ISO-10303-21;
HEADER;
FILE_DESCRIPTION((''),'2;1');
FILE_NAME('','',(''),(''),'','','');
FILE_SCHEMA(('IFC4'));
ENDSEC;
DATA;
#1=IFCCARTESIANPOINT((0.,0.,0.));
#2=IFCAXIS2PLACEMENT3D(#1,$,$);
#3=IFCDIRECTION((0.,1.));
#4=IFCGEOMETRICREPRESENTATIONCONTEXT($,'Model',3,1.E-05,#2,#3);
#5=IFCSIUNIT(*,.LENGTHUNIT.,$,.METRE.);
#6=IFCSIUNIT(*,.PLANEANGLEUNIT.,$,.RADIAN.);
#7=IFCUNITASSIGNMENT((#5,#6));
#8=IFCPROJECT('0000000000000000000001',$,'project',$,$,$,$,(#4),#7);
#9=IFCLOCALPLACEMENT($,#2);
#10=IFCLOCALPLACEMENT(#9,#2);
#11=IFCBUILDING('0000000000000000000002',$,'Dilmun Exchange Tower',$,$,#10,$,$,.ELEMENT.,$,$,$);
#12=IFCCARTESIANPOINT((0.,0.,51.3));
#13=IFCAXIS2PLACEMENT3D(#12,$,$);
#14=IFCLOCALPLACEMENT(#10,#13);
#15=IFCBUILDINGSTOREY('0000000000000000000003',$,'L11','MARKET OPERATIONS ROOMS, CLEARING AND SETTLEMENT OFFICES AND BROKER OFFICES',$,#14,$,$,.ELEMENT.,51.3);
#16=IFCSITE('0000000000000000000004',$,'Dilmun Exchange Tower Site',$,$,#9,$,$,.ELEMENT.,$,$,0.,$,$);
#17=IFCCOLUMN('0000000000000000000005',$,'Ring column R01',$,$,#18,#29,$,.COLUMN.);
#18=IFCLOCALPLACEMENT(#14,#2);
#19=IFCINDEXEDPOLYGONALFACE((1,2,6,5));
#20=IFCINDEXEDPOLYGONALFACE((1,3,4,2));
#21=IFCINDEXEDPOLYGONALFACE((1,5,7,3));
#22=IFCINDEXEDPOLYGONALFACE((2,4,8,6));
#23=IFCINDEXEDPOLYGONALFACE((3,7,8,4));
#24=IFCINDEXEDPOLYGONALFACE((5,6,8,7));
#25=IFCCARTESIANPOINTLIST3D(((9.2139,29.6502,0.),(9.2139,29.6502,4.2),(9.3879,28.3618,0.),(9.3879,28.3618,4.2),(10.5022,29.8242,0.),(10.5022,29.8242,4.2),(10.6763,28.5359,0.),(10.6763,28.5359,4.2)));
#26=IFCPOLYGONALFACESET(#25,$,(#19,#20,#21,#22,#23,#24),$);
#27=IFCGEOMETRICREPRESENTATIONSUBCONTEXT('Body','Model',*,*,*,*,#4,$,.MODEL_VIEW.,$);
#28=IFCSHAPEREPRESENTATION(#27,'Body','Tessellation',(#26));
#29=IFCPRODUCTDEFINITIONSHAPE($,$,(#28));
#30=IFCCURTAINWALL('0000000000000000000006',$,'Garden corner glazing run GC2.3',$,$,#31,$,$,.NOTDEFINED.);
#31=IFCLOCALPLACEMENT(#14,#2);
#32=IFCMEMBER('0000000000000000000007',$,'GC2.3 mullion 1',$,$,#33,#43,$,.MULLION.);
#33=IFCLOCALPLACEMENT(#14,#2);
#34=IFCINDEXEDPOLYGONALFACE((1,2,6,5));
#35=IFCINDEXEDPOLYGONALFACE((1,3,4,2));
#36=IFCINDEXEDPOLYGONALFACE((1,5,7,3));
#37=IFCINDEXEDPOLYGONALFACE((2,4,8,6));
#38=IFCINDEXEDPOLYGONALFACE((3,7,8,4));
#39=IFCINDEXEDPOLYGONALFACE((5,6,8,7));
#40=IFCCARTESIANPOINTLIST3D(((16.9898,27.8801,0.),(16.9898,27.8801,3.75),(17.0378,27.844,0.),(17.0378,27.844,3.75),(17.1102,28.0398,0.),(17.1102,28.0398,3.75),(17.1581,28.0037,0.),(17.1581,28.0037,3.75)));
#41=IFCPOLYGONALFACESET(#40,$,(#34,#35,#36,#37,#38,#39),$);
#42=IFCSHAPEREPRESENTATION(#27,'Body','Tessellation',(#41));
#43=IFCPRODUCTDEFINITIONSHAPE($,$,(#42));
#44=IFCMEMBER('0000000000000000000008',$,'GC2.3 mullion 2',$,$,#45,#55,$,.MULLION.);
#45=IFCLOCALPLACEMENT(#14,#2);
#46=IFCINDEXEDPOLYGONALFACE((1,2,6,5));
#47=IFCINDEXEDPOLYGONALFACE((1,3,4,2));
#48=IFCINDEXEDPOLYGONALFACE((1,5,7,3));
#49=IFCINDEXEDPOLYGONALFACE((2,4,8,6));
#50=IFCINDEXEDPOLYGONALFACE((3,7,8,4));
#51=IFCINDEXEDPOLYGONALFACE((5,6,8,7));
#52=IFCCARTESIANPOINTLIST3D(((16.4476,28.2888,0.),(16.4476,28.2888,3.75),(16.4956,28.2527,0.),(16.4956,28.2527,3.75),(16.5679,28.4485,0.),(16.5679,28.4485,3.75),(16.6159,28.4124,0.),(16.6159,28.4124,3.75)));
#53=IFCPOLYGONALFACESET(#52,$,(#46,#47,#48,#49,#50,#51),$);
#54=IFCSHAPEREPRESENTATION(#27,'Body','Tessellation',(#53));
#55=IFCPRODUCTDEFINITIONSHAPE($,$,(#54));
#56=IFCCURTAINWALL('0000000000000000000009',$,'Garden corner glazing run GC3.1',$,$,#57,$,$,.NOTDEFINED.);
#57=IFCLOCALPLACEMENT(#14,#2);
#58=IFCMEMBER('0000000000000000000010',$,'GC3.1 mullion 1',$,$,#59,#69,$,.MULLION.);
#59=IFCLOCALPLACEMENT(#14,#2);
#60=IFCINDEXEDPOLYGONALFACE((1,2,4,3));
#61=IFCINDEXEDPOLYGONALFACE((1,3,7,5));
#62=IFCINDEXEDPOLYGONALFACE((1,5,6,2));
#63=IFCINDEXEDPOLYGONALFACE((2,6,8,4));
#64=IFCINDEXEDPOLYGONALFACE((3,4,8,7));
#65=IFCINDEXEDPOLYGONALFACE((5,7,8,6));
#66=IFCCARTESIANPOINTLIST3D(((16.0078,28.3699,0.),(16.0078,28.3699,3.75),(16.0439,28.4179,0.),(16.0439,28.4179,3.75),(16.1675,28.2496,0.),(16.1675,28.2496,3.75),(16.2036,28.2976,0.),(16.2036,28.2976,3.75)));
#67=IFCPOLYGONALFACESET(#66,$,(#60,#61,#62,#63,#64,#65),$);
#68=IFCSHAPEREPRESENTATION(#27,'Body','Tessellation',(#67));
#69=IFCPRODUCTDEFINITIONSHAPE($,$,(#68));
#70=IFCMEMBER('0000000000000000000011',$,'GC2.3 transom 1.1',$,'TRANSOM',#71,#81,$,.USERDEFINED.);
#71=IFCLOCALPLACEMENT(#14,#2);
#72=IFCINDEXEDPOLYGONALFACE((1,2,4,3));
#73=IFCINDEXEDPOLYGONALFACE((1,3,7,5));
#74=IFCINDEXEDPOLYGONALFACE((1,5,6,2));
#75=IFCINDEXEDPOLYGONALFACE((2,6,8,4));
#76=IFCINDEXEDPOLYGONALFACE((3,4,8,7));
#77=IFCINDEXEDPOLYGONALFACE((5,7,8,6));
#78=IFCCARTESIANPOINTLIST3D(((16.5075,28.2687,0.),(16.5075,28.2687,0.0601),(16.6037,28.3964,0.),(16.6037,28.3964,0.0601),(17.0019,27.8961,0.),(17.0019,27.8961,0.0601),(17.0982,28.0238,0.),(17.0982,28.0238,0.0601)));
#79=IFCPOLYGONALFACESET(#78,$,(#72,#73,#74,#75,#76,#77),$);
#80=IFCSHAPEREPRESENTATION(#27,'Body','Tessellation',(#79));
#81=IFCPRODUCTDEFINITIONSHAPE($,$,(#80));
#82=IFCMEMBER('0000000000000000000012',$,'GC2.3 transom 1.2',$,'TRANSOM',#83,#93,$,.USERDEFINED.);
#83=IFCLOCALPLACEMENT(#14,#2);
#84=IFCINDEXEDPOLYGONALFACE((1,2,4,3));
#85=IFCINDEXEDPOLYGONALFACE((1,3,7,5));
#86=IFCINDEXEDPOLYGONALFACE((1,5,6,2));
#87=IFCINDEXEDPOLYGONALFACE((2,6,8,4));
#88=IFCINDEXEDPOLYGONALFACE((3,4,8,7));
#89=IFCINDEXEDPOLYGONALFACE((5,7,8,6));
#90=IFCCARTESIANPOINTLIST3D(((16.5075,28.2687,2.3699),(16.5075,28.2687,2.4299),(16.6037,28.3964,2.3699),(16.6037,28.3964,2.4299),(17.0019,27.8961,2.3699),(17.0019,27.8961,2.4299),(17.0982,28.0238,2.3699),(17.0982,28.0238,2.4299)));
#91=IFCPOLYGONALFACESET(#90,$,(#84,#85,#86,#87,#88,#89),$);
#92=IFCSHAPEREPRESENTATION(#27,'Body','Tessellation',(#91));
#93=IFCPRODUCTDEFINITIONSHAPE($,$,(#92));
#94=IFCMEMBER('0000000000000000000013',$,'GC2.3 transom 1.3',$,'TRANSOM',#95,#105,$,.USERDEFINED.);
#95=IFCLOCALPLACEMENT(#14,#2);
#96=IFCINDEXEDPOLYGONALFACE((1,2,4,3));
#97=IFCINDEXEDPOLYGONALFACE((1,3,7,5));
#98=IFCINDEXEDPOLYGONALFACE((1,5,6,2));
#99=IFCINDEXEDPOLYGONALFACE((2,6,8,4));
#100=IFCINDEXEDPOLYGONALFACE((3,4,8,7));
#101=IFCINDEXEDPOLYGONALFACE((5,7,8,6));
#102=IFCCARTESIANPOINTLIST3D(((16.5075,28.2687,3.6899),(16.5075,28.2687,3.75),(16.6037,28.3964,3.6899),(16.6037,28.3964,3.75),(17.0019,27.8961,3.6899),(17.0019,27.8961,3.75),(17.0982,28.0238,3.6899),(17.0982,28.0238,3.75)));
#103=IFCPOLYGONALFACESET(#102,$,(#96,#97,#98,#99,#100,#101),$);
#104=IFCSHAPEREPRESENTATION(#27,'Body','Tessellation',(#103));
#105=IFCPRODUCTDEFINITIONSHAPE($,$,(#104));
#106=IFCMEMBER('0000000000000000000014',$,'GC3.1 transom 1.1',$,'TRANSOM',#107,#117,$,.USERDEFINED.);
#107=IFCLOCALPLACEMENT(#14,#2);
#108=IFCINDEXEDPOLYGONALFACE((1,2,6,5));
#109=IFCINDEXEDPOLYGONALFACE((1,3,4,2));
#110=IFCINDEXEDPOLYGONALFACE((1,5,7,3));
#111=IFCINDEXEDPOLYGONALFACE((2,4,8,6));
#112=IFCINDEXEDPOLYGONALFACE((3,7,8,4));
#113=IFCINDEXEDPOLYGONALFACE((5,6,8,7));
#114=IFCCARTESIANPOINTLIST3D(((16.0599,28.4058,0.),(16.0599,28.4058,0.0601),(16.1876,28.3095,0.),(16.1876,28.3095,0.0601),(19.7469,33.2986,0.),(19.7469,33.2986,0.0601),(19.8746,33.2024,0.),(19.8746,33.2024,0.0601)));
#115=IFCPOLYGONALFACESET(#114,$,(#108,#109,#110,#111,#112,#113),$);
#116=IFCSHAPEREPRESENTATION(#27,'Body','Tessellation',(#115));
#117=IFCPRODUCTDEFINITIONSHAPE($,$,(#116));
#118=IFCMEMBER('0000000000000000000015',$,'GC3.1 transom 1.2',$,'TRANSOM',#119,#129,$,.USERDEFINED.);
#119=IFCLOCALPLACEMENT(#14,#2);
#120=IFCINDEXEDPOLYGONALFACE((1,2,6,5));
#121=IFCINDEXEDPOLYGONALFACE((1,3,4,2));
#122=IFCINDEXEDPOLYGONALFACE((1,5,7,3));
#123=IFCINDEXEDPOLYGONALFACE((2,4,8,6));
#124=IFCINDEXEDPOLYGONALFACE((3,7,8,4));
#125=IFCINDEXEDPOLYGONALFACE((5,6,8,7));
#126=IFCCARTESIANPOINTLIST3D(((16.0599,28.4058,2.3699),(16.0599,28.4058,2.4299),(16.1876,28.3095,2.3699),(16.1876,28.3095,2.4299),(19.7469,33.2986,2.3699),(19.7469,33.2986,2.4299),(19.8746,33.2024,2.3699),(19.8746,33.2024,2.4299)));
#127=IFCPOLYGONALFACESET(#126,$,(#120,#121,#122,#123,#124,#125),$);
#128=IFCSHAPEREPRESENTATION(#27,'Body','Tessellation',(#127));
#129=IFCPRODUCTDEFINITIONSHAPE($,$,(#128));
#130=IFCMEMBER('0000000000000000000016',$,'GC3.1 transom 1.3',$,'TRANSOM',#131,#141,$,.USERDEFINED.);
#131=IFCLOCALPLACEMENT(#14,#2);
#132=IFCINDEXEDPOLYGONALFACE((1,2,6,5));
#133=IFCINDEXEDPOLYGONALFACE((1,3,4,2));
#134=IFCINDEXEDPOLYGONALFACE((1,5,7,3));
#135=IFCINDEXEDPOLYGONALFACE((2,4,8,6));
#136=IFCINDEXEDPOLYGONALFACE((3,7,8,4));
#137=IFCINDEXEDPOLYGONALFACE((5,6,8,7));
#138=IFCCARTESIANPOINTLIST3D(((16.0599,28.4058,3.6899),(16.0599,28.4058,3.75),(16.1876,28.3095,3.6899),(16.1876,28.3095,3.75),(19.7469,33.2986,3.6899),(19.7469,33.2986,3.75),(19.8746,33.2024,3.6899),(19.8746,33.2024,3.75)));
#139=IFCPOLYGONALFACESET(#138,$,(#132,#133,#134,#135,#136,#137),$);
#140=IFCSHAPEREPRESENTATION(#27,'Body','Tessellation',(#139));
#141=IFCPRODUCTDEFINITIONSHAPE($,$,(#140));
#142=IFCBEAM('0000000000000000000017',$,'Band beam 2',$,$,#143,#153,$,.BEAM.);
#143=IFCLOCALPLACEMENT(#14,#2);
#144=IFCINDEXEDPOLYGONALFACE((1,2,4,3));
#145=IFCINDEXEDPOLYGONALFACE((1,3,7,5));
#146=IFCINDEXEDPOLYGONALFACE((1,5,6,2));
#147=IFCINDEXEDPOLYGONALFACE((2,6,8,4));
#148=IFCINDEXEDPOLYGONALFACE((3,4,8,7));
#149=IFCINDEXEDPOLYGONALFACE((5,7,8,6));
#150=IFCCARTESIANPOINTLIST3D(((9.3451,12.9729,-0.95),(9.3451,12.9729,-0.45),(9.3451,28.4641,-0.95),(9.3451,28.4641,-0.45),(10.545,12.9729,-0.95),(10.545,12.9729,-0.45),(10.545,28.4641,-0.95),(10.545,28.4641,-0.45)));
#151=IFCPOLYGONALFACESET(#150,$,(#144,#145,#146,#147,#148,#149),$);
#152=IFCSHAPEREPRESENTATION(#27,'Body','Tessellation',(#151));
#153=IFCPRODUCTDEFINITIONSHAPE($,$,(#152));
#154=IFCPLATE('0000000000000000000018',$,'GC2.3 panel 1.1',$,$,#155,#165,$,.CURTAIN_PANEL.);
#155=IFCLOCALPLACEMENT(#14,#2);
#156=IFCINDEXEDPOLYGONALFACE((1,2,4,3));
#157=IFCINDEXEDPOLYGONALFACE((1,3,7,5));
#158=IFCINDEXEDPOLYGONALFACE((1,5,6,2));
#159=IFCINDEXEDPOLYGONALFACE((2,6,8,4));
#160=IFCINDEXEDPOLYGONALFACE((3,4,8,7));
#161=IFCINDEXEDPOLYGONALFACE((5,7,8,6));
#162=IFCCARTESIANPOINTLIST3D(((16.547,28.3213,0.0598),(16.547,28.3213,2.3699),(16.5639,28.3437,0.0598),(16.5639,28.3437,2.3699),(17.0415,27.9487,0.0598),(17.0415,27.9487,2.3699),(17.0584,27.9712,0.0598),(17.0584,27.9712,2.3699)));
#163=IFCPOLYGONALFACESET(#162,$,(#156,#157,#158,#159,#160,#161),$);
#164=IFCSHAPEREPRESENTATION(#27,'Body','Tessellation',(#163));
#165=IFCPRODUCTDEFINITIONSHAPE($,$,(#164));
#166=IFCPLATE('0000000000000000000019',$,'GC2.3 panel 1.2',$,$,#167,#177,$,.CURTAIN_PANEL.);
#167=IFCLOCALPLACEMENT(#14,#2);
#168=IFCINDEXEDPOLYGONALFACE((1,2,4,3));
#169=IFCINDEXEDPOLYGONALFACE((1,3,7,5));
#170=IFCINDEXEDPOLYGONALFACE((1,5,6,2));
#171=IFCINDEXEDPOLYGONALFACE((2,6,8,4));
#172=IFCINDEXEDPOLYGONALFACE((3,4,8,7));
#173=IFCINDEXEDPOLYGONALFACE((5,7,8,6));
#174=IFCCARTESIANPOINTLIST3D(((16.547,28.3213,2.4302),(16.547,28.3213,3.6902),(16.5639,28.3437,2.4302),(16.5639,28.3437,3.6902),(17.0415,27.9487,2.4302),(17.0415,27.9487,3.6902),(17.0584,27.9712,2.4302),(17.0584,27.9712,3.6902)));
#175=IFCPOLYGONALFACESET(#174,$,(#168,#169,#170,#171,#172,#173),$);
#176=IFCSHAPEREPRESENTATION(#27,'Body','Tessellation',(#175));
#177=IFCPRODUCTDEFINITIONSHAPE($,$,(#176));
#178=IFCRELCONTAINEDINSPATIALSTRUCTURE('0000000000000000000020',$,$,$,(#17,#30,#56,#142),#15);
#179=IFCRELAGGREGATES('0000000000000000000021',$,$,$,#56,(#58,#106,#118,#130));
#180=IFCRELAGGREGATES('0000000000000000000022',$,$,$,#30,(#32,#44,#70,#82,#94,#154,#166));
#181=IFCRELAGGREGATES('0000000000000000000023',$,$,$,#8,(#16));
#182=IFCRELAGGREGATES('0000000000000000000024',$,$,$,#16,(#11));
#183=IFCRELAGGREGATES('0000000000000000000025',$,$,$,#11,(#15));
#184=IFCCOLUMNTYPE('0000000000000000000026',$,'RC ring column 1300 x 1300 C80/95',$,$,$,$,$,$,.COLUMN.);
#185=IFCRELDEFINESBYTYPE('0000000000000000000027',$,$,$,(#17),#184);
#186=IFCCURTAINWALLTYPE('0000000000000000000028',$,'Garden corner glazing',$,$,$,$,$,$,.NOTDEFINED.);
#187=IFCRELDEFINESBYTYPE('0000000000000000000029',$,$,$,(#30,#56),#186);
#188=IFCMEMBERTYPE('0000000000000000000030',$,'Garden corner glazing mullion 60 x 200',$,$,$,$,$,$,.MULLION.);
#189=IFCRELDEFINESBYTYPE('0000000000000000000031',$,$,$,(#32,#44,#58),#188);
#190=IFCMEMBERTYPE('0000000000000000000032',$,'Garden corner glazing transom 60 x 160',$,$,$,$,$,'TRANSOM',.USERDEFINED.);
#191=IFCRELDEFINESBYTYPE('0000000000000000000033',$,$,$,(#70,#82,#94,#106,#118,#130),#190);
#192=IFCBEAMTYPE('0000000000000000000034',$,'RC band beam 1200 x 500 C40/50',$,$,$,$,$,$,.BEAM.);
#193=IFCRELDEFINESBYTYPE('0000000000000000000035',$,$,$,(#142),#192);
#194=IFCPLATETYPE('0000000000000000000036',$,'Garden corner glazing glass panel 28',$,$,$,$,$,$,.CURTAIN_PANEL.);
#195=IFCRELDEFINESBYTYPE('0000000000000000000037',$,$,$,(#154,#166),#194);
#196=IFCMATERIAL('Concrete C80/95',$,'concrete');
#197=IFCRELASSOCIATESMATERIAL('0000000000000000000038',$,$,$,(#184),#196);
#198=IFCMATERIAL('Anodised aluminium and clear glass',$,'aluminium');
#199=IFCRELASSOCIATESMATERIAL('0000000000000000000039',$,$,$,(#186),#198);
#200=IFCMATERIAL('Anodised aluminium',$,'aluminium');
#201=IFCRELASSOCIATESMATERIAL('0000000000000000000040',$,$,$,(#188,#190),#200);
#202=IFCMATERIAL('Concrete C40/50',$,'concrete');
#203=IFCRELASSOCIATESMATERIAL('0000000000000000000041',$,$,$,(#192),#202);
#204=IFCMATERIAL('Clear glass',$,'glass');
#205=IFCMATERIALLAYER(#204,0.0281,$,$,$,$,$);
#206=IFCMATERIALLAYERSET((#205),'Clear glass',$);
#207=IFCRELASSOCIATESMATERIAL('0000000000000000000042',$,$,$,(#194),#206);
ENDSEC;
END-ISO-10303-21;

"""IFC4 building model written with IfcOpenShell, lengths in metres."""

from ifc_helpers import new_model, si_unit, direction, frame, origin, origin_2d, place, context, subcontext, project, spatial, rectangle, extrude, material, layer, layer_set, material_profile, profile_set, type_object, element, aggregate, save


model = new_model("IFC4")

# Units and contexts
model_context = context("Model", 3, precision=1e-05, world=origin(), true_north=direction((0.0, 1.0)))
body_context = subcontext(model_context, "Body", "Model", "MODEL_VIEW")
ifc_project = project(units=[si_unit("LENGTHUNIT", "METRE"), si_unit("PLANEANGLEUNIT", "RADIAN")], contexts=[model_context])

# Site, building, storey
site_placement = place(None, origin())
site = spatial("IfcSite", under=ifc_project, at=site_placement, Name="Dilmun Exchange Tower Site", CompositionType="ELEMENT", RefElevation=0.0)
building_placement = place(site_placement, origin())
building = spatial("IfcBuilding", under=site, at=building_placement, Name="Dilmun Exchange Tower", CompositionType="ELEMENT")
storey_placement = place(building_placement, frame((0.0, 0.0, 51.3)))
storey = spatial("IfcBuildingStorey", under=building, at=storey_placement, Name="L11", Description="MARKET OPERATIONS ROOMS, CLEARING AND SETTLEMENT OFFICES AND BROKER OFFICES", CompositionType="ELEMENT", Elevation=51.3)

# Column
ifc_material_1 = material(Name="Concrete C80/95", Category="concrete")
ifc_material_profile_1 = material_profile(ifc_material_1, rectangle(XDim=1.3, YDim=1.3, at=origin_2d()), Name="1300 x 1300")
ifc_profile_set_1 = profile_set([ifc_material_profile_1], Name="Concrete C80/95")
column_type = type_object("IfcColumnType", Name="RC ring column 1300 x 1300 C80/95", PredefinedType="COLUMN", material=ifc_profile_set_1)
column_placement = place(storey_placement, frame((9.9451, 29.093, 0.0), z_axis=(0.0, 0.0, 1.0), x_axis=(0.991001, 0.133853, 0.0)))
element("IfcColumn", 1, at=column_placement, inside=storey, type_object=column_type, Name="Ring column R01", PredefinedType="COLUMN", context=body_context, shape_type="SweptSolid", body=[
    extrude(rectangle(XDim=1.3, YDim=1.3, at=origin_2d()), origin(), (0.0, 0.0, 1.0), 4.2),
])

# Curtain wall, members
ifc_material_2 = material(Name="Anodised aluminium and clear glass", Category="aluminium")
curtain_wall_type = type_object("IfcCurtainWallType", Name="Garden corner glazing", PredefinedType="NOTDEFINED", material=ifc_material_2)
curtain_wall_1_placement = place(storey_placement, origin())
curtain_wall_1 = element("IfcCurtainWall", 2, at=curtain_wall_1_placement, inside=storey, type_object=curtain_wall_type, Name="Garden corner glazing run GC2.3", PredefinedType="NOTDEFINED")
ifc_material_3 = material(Name="Anodised aluminium", Category="aluminium")
ifc_material_profile_2 = material_profile(ifc_material_3, rectangle(XDim=0.2, YDim=0.0601, at=origin_2d()), Name="AL 60x200")
ifc_profile_set_2 = profile_set([ifc_material_profile_2], Name="Anodised aluminium")
member_type_1 = type_object("IfcMemberType", Name="Garden corner glazing mullion 60 x 200", PredefinedType="MULLION", material=ifc_profile_set_2)
member_1_placement = place(storey_placement, frame((17.074, 27.9419, 0.0), z_axis=(0.0, 0.0, 1.0), x_axis=(-0.601795, -0.79865, 0.0)))
member_1 = element("IfcMember", 3, at=member_1_placement, type_object=member_type_1, Name="GC2.3 mullion 1", PredefinedType="MULLION", context=body_context, shape_type="SweptSolid", body=[
    extrude(rectangle(XDim=0.2, YDim=0.0601, at=origin_2d()), origin(), (0.0, 0.0, 1.0), 3.75),
])
member_2_placement = place(storey_placement, frame((16.5317, 28.3506, 0.0), z_axis=(0.0, 0.0, 1.0), x_axis=(-0.601795, -0.79865, 0.0)))
member_2 = element("IfcMember", 4, at=member_2_placement, type_object=member_type_1, Name="GC2.3 mullion 2", PredefinedType="MULLION", context=body_context, shape_type="SweptSolid", body=[
    extrude(rectangle(XDim=0.2, YDim=0.0601, at=origin_2d()), origin(), (0.0, 0.0, 1.0), 3.75),
])

# Curtain wall, member
curtain_wall_2_placement = place(storey_placement, origin())
curtain_wall_2 = element("IfcCurtainWall", 5, at=curtain_wall_2_placement, inside=storey, type_object=curtain_wall_type, Name="Garden corner glazing run GC3.1", PredefinedType="NOTDEFINED")
member_3_placement = place(storey_placement, frame((16.1057, 28.3337, 0.0), z_axis=(0.0, 0.0, 1.0), x_axis=(-0.798634, 0.601817, 0.0)))
member_3 = element("IfcMember", 6, at=member_3_placement, type_object=member_type_1, Name="GC3.1 mullion 1", PredefinedType="MULLION", context=body_context, shape_type="SweptSolid", body=[
    extrude(rectangle(XDim=0.2, YDim=0.0601, at=origin_2d()), origin(), (0.0, 0.0, 1.0), 3.75),
])

# Members
ifc_material_profile_3 = material_profile(ifc_material_3, rectangle(XDim=0.1599, YDim=0.0601, at=origin_2d()), Name="AL 60x160")
ifc_profile_set_3 = profile_set([ifc_material_profile_3], Name="Anodised aluminium")
member_type_2 = type_object("IfcMemberType", Name="Garden corner glazing transom 60 x 160", ElementType="TRANSOM", PredefinedType="USERDEFINED", material=ifc_profile_set_3)
member_4_placement = place(storey_placement, frame((17.05, 27.96, 0.03), z_axis=(-0.798625, 0.601828, 0.0), x_axis=(-0.601828, -0.798625, 0.0)))
member_4 = element("IfcMember", 7, at=member_4_placement, type_object=member_type_2, Name="GC2.3 transom 1.1", ObjectType="TRANSOM", PredefinedType="USERDEFINED", context=body_context, shape_type="SweptSolid", body=[
    extrude(rectangle(XDim=0.1599, YDim=0.0601, at=origin_2d()), origin(), (0.0, 0.0, 1.0), 0.6191),
])
member_5_placement = place(storey_placement, frame((17.05, 27.96, 2.3999), z_axis=(-0.798625, 0.601828, 0.0), x_axis=(-0.601828, -0.798625, 0.0)))
member_5 = element("IfcMember", 8, at=member_5_placement, type_object=member_type_2, Name="GC2.3 transom 1.2", ObjectType="TRANSOM", PredefinedType="USERDEFINED", context=body_context, shape_type="SweptSolid", body=[
    extrude(rectangle(XDim=0.1599, YDim=0.0601, at=origin_2d()), origin(), (0.0, 0.0, 1.0), 0.6191),
])
member_6_placement = place(storey_placement, frame((17.05, 27.96, 3.72), z_axis=(-0.798625, 0.601828, 0.0), x_axis=(-0.601828, -0.798625, 0.0)))
member_6 = element("IfcMember", 9, at=member_6_placement, type_object=member_type_2, Name="GC2.3 transom 1.3", ObjectType="TRANSOM", PredefinedType="USERDEFINED", context=body_context, shape_type="SweptSolid", body=[
    extrude(rectangle(XDim=0.1599, YDim=0.0601, at=origin_2d()), origin(), (0.0, 0.0, 1.0), 0.6191),
])
member_7_placement = place(storey_placement, frame((16.1238, 28.3577, 0.03), z_axis=(0.601816, 0.798635, 0.0), x_axis=(-0.798635, 0.601816, 0.0)))
member_7 = element("IfcMember", 10, at=member_7_placement, type_object=member_type_2, Name="GC3.1 transom 1.1", ObjectType="TRANSOM", PredefinedType="USERDEFINED", context=body_context, shape_type="SweptSolid", body=[
    extrude(rectangle(XDim=0.1599, YDim=0.0601, at=origin_2d()), origin(), (0.0, 0.0, 1.0), 6.1265),
])
member_8_placement = place(storey_placement, frame((16.1238, 28.3577, 2.3999), z_axis=(0.601816, 0.798635, 0.0), x_axis=(-0.798635, 0.601816, 0.0)))
member_8 = element("IfcMember", 11, at=member_8_placement, type_object=member_type_2, Name="GC3.1 transom 1.2", ObjectType="TRANSOM", PredefinedType="USERDEFINED", context=body_context, shape_type="SweptSolid", body=[
    extrude(rectangle(XDim=0.1599, YDim=0.0601, at=origin_2d()), origin(), (0.0, 0.0, 1.0), 6.1265),
])
member_9_placement = place(storey_placement, frame((16.1238, 28.3577, 3.72), z_axis=(0.601816, 0.798635, 0.0), x_axis=(-0.798635, 0.601816, 0.0)))
member_9 = element("IfcMember", 12, at=member_9_placement, type_object=member_type_2, Name="GC3.1 transom 1.3", ObjectType="TRANSOM", PredefinedType="USERDEFINED", context=body_context, shape_type="SweptSolid", body=[
    extrude(rectangle(XDim=0.1599, YDim=0.0601, at=origin_2d()), origin(), (0.0, 0.0, 1.0), 6.1265),
])
aggregate(curtain_wall_2, [member_3, member_7, member_8, member_9])

# Beam
ifc_material_4 = material(Name="Concrete C40/50", Category="concrete")
ifc_material_profile_4 = material_profile(ifc_material_4, rectangle(XDim=1.2, YDim=0.5, at=origin_2d()), Name="1200 x 500")
ifc_profile_set_4 = profile_set([ifc_material_profile_4], Name="Concrete C40/50")
beam_type = type_object("IfcBeamType", Name="RC band beam 1200 x 500 C40/50", PredefinedType="BEAM", material=ifc_profile_set_4)
beam_placement = place(storey_placement, frame((9.9451, 28.4641, -0.7), z_axis=(0.0, -1.0, 0.0), x_axis=(1.0, 0.0, 0.0)))
element("IfcBeam", 13, at=beam_placement, inside=storey, type_object=beam_type, Name="Band beam 2", PredefinedType="BEAM", context=body_context, shape_type="SweptSolid", body=[
    extrude(rectangle(XDim=1.2, YDim=0.5, at=origin_2d()), origin(), (0.0, 0.0, 1.0), 15.4912),
])

# Plates
ifc_material_5 = material(Name="Clear glass", Category="glass")
ifc_layer = layer(ifc_material_5, 0.0281)
ifc_layer_set = layer_set([ifc_layer], Name="Clear glass")
plate_type = type_object("IfcPlateType", Name="Garden corner glazing glass panel 28", PredefinedType="CURTAIN_PANEL", material=ifc_layer_set)
plate_1_placement = place(storey_placement, frame((16.8027, 28.1462, 0.0598), z_axis=(0.0, 0.0, 1.0), x_axis=(-0.79865, 0.601795, 0.0)))
plate_1 = element("IfcPlate", 14, at=plate_1_placement, type_object=plate_type, Name="GC2.3 panel 1.1", PredefinedType="CURTAIN_PANEL", context=body_context, shape_type="SweptSolid", body=[
    extrude(rectangle(XDim=0.6191, YDim=0.0281, at=origin_2d()), origin(), (0.0, 0.0, 1.0), 2.3101),
])
plate_2_placement = place(storey_placement, frame((16.8027, 28.1462, 2.4302), z_axis=(0.0, 0.0, 1.0), x_axis=(-0.79865, 0.601795, 0.0)))
plate_2 = element("IfcPlate", 15, at=plate_2_placement, type_object=plate_type, Name="GC2.3 panel 1.2", PredefinedType="CURTAIN_PANEL", context=body_context, shape_type="SweptSolid", body=[
    extrude(rectangle(XDim=0.6191, YDim=0.0281, at=origin_2d()), origin(), (0.0, 0.0, 1.0), 1.26),
])
aggregate(curtain_wall_1, [member_1, member_2, member_4, member_5, member_6, plate_1, plate_2])

save(model, "model.ifc")
